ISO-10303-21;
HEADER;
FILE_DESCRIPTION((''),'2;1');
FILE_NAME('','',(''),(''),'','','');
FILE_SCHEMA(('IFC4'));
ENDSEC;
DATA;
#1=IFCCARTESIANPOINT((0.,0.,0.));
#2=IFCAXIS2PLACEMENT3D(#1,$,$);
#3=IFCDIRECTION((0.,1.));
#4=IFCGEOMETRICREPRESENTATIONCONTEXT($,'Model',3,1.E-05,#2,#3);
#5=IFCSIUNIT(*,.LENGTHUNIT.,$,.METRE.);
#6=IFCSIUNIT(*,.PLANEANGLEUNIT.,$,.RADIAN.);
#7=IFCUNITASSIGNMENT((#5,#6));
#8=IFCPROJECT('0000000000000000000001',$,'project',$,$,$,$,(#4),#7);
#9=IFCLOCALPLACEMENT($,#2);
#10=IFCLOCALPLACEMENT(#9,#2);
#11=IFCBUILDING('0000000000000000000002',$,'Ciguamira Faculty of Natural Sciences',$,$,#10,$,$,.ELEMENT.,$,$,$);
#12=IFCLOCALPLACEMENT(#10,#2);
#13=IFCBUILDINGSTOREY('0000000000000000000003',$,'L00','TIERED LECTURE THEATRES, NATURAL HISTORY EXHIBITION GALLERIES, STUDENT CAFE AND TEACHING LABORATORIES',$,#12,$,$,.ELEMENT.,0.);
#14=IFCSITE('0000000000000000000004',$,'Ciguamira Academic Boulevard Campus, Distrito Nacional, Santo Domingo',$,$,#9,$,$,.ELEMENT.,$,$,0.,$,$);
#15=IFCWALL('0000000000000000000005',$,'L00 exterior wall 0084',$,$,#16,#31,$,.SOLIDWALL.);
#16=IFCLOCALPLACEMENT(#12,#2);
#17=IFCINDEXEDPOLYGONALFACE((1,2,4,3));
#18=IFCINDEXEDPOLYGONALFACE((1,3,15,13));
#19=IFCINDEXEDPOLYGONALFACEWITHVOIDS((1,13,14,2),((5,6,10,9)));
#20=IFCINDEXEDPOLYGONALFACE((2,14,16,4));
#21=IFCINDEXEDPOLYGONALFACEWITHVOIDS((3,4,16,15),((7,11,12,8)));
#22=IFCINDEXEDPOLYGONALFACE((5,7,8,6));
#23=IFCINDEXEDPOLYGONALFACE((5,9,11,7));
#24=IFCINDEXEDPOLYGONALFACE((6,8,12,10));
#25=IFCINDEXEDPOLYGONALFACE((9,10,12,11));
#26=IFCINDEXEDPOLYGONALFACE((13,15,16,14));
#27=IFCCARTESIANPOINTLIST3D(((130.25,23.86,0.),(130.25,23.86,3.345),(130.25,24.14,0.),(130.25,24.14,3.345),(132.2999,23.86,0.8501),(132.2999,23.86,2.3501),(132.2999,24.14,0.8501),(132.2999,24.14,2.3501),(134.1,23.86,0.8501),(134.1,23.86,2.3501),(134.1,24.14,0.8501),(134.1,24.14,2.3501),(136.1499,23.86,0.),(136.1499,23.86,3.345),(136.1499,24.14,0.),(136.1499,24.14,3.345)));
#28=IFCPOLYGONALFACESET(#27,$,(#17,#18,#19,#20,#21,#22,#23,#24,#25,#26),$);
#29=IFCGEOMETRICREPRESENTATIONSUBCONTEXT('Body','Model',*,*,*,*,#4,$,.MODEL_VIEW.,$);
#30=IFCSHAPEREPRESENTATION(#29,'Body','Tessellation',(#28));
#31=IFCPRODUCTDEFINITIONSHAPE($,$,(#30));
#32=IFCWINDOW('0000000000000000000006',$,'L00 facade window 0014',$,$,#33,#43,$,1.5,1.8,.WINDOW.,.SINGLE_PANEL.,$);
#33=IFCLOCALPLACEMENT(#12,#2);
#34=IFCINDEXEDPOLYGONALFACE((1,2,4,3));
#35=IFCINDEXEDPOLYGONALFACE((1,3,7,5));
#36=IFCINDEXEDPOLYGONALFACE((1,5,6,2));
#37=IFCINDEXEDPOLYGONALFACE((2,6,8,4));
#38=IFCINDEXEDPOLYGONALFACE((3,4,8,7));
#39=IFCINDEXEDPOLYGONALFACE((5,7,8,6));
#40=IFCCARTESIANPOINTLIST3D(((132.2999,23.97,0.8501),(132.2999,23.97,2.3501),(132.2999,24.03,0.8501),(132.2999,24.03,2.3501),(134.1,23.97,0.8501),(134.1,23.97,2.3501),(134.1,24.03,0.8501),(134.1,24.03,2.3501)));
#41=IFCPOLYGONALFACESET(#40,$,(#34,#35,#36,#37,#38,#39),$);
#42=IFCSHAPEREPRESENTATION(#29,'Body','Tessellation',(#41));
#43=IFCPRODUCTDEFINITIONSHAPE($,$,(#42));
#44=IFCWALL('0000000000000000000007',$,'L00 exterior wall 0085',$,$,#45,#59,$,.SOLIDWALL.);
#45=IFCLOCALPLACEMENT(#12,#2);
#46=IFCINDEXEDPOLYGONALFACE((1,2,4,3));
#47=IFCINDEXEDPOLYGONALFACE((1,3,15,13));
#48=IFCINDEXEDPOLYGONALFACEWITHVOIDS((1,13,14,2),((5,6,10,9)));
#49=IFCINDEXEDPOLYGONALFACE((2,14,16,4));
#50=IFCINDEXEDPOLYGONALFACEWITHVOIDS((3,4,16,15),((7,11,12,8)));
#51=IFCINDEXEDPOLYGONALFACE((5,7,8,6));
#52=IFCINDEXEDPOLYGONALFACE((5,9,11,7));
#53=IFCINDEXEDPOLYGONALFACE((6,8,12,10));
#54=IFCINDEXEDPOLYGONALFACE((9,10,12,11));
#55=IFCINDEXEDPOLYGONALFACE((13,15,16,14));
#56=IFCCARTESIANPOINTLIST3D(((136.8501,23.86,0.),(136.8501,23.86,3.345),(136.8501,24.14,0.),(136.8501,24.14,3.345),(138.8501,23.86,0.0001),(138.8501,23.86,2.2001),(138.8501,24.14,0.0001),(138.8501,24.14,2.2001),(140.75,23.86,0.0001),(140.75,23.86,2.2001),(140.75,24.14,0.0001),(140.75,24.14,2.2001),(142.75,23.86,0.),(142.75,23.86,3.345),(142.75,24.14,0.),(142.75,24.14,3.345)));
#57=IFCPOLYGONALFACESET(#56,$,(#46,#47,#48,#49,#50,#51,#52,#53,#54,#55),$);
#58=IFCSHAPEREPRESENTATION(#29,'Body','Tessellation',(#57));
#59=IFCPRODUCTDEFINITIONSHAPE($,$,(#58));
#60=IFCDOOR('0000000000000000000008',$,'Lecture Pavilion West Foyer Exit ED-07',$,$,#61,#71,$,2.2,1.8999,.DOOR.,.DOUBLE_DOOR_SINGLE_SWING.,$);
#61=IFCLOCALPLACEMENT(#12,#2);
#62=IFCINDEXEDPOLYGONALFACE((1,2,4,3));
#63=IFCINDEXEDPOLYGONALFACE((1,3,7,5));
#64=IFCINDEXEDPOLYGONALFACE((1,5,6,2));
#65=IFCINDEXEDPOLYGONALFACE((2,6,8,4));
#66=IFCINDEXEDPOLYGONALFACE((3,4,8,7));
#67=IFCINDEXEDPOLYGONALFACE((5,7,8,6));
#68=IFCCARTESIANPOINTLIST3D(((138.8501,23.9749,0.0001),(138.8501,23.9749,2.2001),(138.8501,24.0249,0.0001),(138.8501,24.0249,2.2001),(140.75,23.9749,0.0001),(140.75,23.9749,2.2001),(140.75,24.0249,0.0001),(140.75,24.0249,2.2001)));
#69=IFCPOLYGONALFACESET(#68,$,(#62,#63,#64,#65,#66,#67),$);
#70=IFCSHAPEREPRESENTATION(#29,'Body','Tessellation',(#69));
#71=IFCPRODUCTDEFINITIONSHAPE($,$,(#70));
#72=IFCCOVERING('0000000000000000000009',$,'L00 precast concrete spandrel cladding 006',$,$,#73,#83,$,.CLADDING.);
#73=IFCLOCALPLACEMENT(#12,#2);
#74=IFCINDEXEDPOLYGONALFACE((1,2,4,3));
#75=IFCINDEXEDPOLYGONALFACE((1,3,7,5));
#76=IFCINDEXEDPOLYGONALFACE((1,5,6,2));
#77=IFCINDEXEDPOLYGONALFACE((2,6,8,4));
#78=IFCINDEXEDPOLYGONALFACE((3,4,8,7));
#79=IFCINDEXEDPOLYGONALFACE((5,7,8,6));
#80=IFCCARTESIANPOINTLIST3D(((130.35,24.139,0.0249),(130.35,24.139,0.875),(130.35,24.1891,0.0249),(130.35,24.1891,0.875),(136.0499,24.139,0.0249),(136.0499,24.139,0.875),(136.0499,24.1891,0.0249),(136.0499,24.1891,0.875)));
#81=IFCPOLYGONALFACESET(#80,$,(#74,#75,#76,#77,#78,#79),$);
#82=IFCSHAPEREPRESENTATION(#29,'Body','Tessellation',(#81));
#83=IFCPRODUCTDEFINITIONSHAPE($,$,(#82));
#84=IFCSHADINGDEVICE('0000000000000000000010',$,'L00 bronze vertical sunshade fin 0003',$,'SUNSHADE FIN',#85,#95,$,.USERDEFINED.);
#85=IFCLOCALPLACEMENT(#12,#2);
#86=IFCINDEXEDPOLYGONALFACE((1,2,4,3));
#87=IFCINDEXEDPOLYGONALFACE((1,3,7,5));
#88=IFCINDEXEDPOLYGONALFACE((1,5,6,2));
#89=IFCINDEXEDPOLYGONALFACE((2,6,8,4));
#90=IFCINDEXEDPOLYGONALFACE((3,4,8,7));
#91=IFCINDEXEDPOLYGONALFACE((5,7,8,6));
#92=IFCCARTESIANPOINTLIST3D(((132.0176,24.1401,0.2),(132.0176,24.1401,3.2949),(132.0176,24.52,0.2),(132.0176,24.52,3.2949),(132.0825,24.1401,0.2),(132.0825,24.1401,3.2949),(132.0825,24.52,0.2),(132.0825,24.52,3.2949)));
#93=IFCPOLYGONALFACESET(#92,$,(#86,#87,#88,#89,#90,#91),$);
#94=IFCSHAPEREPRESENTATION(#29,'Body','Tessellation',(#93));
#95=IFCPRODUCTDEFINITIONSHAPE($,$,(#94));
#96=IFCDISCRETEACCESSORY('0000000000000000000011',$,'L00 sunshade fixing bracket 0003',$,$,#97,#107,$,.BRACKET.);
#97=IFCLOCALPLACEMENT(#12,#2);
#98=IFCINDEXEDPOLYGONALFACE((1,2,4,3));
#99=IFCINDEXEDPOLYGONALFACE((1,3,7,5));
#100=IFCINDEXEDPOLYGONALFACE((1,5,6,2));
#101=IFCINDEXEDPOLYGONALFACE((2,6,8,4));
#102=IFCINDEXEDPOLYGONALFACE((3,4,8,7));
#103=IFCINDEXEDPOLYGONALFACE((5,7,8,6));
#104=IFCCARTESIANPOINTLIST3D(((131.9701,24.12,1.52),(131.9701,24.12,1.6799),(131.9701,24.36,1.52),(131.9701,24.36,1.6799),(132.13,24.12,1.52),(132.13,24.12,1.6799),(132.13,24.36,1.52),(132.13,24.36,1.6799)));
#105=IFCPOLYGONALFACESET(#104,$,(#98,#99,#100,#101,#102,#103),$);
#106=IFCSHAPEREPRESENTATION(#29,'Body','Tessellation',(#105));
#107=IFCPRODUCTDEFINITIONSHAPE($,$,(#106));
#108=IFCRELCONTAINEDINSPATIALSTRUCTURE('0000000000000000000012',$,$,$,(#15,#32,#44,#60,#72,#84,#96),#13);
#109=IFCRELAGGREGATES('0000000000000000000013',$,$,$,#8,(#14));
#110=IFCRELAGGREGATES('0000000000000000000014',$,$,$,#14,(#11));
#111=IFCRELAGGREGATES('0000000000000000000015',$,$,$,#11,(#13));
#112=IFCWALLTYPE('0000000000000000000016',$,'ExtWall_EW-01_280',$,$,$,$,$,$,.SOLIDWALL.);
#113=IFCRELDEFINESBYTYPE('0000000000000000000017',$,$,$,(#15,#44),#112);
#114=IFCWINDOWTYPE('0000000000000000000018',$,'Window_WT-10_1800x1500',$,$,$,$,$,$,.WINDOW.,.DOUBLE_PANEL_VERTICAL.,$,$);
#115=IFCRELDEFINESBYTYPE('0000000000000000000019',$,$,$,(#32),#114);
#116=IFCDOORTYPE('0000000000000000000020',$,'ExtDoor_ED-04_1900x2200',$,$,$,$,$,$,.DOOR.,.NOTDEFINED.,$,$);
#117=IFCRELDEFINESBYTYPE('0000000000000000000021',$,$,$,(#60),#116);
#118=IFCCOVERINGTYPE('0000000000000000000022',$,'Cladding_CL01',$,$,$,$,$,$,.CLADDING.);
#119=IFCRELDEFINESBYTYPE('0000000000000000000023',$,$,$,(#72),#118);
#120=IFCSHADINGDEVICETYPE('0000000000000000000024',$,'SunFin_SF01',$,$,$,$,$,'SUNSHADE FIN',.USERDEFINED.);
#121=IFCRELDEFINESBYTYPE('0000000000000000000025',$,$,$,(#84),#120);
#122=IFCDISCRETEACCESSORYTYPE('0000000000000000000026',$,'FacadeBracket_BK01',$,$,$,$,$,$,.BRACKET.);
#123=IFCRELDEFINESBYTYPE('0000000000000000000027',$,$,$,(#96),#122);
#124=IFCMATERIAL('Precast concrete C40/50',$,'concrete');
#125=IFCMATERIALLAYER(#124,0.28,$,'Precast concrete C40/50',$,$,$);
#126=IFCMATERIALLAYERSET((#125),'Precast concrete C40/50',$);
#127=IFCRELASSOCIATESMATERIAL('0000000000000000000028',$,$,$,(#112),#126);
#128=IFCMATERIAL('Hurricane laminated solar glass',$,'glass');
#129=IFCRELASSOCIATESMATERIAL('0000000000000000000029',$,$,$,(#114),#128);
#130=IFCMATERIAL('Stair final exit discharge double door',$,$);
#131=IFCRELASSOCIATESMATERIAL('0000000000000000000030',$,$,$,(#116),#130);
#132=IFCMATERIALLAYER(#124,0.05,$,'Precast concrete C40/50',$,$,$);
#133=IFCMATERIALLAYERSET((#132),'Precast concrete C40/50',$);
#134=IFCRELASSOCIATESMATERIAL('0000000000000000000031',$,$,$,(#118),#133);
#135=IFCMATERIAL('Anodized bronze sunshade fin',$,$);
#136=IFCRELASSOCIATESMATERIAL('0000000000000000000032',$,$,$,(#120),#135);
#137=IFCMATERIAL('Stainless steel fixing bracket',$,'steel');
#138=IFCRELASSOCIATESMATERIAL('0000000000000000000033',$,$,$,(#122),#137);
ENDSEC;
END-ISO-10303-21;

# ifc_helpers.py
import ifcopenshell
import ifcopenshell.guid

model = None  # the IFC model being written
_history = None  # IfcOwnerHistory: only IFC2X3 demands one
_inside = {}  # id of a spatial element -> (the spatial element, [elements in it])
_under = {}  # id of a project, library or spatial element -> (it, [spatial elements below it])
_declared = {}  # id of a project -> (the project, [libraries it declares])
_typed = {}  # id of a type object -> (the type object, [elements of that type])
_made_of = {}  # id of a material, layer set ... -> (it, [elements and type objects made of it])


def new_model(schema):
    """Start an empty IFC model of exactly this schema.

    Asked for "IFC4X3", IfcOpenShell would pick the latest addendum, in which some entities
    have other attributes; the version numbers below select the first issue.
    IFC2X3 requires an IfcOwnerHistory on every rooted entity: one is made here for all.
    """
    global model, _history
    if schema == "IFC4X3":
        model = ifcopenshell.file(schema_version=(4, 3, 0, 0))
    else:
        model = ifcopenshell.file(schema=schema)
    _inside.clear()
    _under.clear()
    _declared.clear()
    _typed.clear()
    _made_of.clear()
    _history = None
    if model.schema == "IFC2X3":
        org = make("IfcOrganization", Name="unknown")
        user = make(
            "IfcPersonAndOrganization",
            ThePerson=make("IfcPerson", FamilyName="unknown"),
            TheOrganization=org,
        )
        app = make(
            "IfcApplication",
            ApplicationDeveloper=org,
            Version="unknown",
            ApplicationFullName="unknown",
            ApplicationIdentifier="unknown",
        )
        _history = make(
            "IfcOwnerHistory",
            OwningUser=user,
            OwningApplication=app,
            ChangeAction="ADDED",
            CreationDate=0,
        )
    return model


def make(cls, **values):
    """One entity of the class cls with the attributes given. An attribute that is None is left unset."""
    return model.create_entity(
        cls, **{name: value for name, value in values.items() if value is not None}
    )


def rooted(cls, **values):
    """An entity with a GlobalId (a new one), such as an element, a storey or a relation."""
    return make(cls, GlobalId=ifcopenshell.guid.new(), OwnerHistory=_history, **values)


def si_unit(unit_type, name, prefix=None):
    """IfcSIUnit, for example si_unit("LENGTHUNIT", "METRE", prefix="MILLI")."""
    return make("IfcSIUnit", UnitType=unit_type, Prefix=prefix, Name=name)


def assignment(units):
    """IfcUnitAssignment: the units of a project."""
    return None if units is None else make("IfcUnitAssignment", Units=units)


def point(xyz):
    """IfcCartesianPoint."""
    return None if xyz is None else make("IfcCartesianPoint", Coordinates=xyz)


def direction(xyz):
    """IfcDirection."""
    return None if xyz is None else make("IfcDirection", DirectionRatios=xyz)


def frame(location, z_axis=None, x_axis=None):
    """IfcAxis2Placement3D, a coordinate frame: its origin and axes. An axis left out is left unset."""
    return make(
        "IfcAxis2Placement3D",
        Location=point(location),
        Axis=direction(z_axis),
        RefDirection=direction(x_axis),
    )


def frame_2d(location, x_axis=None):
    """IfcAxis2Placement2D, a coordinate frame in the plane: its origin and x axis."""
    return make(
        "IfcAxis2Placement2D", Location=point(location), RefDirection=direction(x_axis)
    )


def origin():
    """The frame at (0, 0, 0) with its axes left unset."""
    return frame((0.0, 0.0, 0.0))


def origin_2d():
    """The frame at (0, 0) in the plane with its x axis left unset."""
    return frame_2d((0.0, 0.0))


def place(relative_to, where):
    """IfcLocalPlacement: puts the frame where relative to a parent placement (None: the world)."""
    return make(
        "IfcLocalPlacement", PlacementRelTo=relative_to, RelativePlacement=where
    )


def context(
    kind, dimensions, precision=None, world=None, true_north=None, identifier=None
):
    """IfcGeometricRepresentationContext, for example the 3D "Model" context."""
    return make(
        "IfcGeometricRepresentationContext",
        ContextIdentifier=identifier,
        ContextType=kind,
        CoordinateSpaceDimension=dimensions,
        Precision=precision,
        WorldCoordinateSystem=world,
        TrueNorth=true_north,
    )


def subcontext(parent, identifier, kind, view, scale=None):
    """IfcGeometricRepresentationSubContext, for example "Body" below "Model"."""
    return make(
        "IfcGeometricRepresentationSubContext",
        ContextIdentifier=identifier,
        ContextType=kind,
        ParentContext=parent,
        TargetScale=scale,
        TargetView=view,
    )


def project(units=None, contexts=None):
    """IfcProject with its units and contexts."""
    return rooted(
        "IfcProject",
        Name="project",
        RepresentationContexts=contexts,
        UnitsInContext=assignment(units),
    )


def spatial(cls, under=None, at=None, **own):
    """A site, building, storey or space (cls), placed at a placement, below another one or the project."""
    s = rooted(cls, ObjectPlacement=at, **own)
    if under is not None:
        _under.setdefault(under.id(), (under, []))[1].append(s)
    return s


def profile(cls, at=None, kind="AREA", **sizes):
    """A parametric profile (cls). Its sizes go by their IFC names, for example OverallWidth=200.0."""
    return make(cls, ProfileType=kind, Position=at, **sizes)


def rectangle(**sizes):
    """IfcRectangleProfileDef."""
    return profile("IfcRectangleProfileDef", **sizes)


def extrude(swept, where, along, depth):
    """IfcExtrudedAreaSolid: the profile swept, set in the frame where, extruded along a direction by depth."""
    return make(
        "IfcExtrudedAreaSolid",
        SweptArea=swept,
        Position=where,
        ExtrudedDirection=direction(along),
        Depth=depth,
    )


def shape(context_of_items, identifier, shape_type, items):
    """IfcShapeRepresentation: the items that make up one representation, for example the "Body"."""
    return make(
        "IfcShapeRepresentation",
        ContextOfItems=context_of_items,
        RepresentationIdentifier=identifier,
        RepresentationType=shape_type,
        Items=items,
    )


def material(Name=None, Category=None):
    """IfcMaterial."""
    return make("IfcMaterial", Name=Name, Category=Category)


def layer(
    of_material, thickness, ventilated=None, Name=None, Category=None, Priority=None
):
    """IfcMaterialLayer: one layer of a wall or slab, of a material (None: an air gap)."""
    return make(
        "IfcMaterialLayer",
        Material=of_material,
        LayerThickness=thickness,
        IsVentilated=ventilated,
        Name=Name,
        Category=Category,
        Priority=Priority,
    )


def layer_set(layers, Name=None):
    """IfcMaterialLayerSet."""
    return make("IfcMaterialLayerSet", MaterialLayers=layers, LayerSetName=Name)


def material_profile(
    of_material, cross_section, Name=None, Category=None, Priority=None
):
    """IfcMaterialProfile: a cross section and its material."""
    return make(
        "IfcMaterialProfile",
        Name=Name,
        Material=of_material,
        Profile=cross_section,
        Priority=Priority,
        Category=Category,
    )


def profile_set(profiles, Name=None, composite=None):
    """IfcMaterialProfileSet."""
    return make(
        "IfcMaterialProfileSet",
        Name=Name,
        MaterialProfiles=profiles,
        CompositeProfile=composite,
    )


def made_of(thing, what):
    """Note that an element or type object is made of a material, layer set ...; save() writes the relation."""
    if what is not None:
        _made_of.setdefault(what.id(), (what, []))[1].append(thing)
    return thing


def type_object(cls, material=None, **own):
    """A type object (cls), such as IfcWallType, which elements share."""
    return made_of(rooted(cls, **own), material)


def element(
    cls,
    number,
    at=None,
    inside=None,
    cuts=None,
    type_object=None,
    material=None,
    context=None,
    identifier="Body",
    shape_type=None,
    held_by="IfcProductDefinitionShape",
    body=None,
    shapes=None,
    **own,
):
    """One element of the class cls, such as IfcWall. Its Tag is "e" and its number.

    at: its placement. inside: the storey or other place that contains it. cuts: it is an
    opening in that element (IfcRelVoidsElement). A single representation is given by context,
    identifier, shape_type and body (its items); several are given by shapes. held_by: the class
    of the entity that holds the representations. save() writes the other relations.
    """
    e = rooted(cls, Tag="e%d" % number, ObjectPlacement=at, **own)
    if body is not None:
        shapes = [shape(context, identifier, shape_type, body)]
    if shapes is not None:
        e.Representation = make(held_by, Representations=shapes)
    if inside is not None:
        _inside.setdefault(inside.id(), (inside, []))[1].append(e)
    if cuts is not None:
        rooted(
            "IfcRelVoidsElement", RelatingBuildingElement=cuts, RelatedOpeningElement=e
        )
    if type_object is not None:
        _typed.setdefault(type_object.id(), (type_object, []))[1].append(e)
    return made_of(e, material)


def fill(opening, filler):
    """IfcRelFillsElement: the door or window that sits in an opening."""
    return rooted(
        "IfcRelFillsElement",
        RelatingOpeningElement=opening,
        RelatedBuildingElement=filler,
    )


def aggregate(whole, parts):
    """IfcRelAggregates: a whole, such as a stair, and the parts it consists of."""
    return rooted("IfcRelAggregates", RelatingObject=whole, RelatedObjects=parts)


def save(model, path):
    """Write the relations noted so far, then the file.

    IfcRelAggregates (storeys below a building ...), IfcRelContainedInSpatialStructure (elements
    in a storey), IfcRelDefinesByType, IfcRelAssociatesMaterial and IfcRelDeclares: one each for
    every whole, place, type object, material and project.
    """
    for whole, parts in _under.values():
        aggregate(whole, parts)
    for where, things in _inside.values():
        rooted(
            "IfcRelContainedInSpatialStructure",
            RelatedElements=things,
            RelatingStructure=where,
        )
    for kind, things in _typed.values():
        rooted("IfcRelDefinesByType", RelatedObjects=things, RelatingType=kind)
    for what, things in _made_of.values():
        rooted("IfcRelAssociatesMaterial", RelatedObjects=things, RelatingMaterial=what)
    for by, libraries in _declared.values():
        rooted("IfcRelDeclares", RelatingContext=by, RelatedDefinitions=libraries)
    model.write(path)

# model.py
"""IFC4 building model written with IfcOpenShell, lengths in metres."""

from ifc_helpers import new_model, si_unit, direction, frame, frame_2d, origin, origin_2d, place, context, subcontext, project, spatial, rectangle, extrude, material, layer, layer_set, material_profile, profile_set, type_object, element, fill, save


model = new_model("IFC4")

# Units and contexts
model_context = context("Model", 3, precision=1e-05, world=origin(), true_north=direction((0.0, 1.0)))
body_context = subcontext(model_context, "Body", "Model", "MODEL_VIEW")
ifc_project = project(units=[si_unit("LENGTHUNIT", "METRE"), si_unit("PLANEANGLEUNIT", "RADIAN")], contexts=[model_context])

# Site, building, storey
site_placement = place(None, origin())
site = spatial("IfcSite", under=ifc_project, at=site_placement, Name="Ciguamira Academic Boulevard Campus, Distrito Nacional, Santo Domingo", CompositionType="ELEMENT", RefElevation=0.0)
building_placement = place(site_placement, origin())
building = spatial("IfcBuilding", under=site, at=building_placement, Name="Ciguamira Faculty of Natural Sciences", CompositionType="ELEMENT")
storey_placement = place(building_placement, origin())
storey = spatial("IfcBuildingStorey", under=building, at=storey_placement, Name="L00", Description="TIERED LECTURE THEATRES, NATURAL HISTORY EXHIBITION GALLERIES, STUDENT CAFE AND TEACHING LABORATORIES", CompositionType="ELEMENT", Elevation=0.0)

# Wall, opening, window
ifc_material_1 = material(Name="Precast concrete C40/50", Category="concrete")
ifc_layer_1 = layer(ifc_material_1, 0.28, Name="Precast concrete C40/50")
ifc_layer_set_1 = layer_set([ifc_layer_1], Name="Precast concrete C40/50")
wall_type = type_object("IfcWallType", Name="ExtWall_EW-01_280", PredefinedType="SOLIDWALL", material=ifc_layer_set_1)
wall_1_placement = place(storey_placement, frame((130.25, 24.0, 0.0), z_axis=(0.0, 0.0, 1.0), x_axis=(1.0, 0.0, 0.0)))
wall_1 = element("IfcWall", 1, at=wall_1_placement, inside=storey, type_object=wall_type, Name="L00 exterior wall 0084", PredefinedType="SOLIDWALL", context=body_context, shape_type="SweptSolid", body=[
    extrude(rectangle(XDim=5.8999, YDim=0.28, at=frame_2d((2.95, 0.0))), origin(), (0.0, 0.0, 1.0), 3.345),
])
opening_1_placement = place(wall_1_placement, frame((2.05, 0.0, 0.8501)))
opening_1 = element("IfcOpeningElement", 2, at=opening_1_placement, cuts=wall_1, PredefinedType="OPENING", context=body_context, shape_type="SweptSolid", body=[
    extrude(rectangle(XDim=1.8, YDim=1.5, at=frame_2d((0.8999, 0.75))), frame((0.0, 0.1499, 0.0), z_axis=(0.0, -1.0, 0.0), x_axis=(1.0, 0.0, 0.0)), (0.0, 0.0, 1.0), 0.3),
])
ifc_material_2 = material(Name="Hurricane laminated solar glass", Category="glass")
window_type = type_object("IfcWindowType", Name="Window_WT-10_1800x1500", PartitioningType="DOUBLE_PANEL_VERTICAL", PredefinedType="WINDOW", material=ifc_material_2)
window_placement = place(opening_1_placement, origin())
window = element("IfcWindow", 3, at=window_placement, inside=storey, type_object=window_type, Name="L00 facade window 0014", OverallHeight=1.5, OverallWidth=1.8, PartitioningType="SINGLE_PANEL", PredefinedType="WINDOW", context=body_context, shape_type="SweptSolid", body=[
    extrude(rectangle(XDim=1.8, YDim=1.5, at=frame_2d((0.8999, 0.75))), frame((0.0, 0.03, 0.0), z_axis=(0.0, -1.0, 0.0), x_axis=(1.0, 0.0, 0.0)), (0.0, 0.0, 1.0), 0.0601),
])
fill(opening_1, window)

# Wall, opening, door
wall_2_placement = place(storey_placement, frame((136.8501, 24.0, 0.0), z_axis=(0.0, 0.0, 1.0), x_axis=(1.0, 0.0, 0.0)))
wall_2 = element("IfcWall", 4, at=wall_2_placement, inside=storey, type_object=wall_type, Name="L00 exterior wall 0085", PredefinedType="SOLIDWALL", context=body_context, shape_type="SweptSolid", body=[
    extrude(rectangle(XDim=5.8999, YDim=0.28, at=frame_2d((2.95, 0.0))), origin(), (0.0, 0.0, 1.0), 3.345),
])
opening_2_placement = place(wall_2_placement, frame((2.0, 0.0, 0.0)))
opening_2 = element("IfcOpeningElement", 5, at=opening_2_placement, cuts=wall_2, PredefinedType="OPENING", context=body_context, shape_type="SweptSolid", body=[
    extrude(rectangle(XDim=1.8999, YDim=2.2, at=frame_2d((0.95, 1.1001))), frame((0.0, 0.1499, 0.0), z_axis=(0.0, -1.0, 0.0), x_axis=(1.0, 0.0, 0.0)), (0.0, 0.0, 1.0), 0.3),
])
ifc_material_3 = material(Name="Stair final exit discharge double door")
door_type = type_object("IfcDoorType", Name="ExtDoor_ED-04_1900x2200", OperationType="NOTDEFINED", PredefinedType="DOOR", material=ifc_material_3)
door_placement = place(opening_2_placement, origin())
door = element("IfcDoor", 6, at=door_placement, inside=storey, type_object=door_type, Name="Lecture Pavilion West Foyer Exit ED-07", OperationType="DOUBLE_DOOR_SINGLE_SWING", OverallHeight=2.2, OverallWidth=1.8999, PredefinedType="DOOR", context=body_context, shape_type="SweptSolid", body=[
    extrude(rectangle(XDim=1.8999, YDim=2.2, at=frame_2d((0.95, 1.1001))), frame((0.0, 0.0249, 0.0), z_axis=(0.0, -1.0, 0.0), x_axis=(1.0, 0.0, 0.0)), (0.0, 0.0, 1.0), 0.05),
])
fill(opening_2, door)

# Covering
ifc_layer_2 = layer(ifc_material_1, 0.05, Name="Precast concrete C40/50")
ifc_layer_set_2 = layer_set([ifc_layer_2], Name="Precast concrete C40/50")
covering_type = type_object("IfcCoveringType", Name="Cladding_CL01", PredefinedType="CLADDING", material=ifc_layer_set_2)
covering_placement = place(storey_placement, frame((133.2, 24.1641, 0.0249), z_axis=(0.0, 0.0, 1.0), x_axis=(1.0, 0.0, 0.0)))
element("IfcCovering", 7, at=covering_placement, inside=storey, type_object=covering_type, Name="L00 precast concrete spandrel cladding 006", PredefinedType="CLADDING", context=body_context, shape_type="SweptSolid", body=[
    extrude(rectangle(XDim=5.7, YDim=0.05, at=origin_2d()), origin(), (0.0, 0.0, 1.0), 0.8501),
])

# Shading device
ifc_material_4 = material(Name="Anodized bronze sunshade fin")
ifc_material_profile_1 = material_profile(ifc_material_4, rectangle(XDim=0.0649, YDim=0.3799, at=origin_2d()), Name="BRZ-FIN-65X380")
ifc_profile_set_1 = profile_set([ifc_material_profile_1], Name="Anodized bronze sunshade fin")
shading_device_type = type_object("IfcShadingDeviceType", Name="SunFin_SF01", ElementType="SUNSHADE FIN", PredefinedType="USERDEFINED", material=ifc_profile_set_1)
shading_device_placement = place(storey_placement, frame((132.05, 24.3301, 0.2), z_axis=(0.0, 0.0, 1.0), x_axis=(1.0, 0.0, 0.0)))
element("IfcShadingDevice", 8, at=shading_device_placement, inside=storey, type_object=shading_device_type, Name="L00 bronze vertical sunshade fin 0003", ObjectType="SUNSHADE FIN", PredefinedType="USERDEFINED", context=body_context, shape_type="SweptSolid", body=[
    extrude(rectangle(XDim=0.0649, YDim=0.3799, at=origin_2d()), origin(), (0.0, 0.0, 1.0), 3.095),
])

# Discrete accessory
ifc_material_5 = material(Name="Stainless steel fixing bracket", Category="steel")
discrete_accessory_type = type_object("IfcDiscreteAccessoryType", Name="FacadeBracket_BK01", PredefinedType="BRACKET", material=ifc_material_5)
discrete_accessory_placement = place(storey_placement, frame((132.05, 24.24, 1.52), z_axis=(0.0, 0.0, 1.0), x_axis=(1.0, 0.0, 0.0)))
element("IfcDiscreteAccessory", 9, at=discrete_accessory_placement, inside=storey, type_object=discrete_accessory_type, Name="L00 sunshade fixing bracket 0003", PredefinedType="BRACKET", context=body_context, shape_type="SweptSolid", body=[
    extrude(rectangle(XDim=0.1599, YDim=0.24, at=origin_2d()), origin(), (0.0, 0.0, 1.0), 0.1599),
])

save(model, "model.ifc")
